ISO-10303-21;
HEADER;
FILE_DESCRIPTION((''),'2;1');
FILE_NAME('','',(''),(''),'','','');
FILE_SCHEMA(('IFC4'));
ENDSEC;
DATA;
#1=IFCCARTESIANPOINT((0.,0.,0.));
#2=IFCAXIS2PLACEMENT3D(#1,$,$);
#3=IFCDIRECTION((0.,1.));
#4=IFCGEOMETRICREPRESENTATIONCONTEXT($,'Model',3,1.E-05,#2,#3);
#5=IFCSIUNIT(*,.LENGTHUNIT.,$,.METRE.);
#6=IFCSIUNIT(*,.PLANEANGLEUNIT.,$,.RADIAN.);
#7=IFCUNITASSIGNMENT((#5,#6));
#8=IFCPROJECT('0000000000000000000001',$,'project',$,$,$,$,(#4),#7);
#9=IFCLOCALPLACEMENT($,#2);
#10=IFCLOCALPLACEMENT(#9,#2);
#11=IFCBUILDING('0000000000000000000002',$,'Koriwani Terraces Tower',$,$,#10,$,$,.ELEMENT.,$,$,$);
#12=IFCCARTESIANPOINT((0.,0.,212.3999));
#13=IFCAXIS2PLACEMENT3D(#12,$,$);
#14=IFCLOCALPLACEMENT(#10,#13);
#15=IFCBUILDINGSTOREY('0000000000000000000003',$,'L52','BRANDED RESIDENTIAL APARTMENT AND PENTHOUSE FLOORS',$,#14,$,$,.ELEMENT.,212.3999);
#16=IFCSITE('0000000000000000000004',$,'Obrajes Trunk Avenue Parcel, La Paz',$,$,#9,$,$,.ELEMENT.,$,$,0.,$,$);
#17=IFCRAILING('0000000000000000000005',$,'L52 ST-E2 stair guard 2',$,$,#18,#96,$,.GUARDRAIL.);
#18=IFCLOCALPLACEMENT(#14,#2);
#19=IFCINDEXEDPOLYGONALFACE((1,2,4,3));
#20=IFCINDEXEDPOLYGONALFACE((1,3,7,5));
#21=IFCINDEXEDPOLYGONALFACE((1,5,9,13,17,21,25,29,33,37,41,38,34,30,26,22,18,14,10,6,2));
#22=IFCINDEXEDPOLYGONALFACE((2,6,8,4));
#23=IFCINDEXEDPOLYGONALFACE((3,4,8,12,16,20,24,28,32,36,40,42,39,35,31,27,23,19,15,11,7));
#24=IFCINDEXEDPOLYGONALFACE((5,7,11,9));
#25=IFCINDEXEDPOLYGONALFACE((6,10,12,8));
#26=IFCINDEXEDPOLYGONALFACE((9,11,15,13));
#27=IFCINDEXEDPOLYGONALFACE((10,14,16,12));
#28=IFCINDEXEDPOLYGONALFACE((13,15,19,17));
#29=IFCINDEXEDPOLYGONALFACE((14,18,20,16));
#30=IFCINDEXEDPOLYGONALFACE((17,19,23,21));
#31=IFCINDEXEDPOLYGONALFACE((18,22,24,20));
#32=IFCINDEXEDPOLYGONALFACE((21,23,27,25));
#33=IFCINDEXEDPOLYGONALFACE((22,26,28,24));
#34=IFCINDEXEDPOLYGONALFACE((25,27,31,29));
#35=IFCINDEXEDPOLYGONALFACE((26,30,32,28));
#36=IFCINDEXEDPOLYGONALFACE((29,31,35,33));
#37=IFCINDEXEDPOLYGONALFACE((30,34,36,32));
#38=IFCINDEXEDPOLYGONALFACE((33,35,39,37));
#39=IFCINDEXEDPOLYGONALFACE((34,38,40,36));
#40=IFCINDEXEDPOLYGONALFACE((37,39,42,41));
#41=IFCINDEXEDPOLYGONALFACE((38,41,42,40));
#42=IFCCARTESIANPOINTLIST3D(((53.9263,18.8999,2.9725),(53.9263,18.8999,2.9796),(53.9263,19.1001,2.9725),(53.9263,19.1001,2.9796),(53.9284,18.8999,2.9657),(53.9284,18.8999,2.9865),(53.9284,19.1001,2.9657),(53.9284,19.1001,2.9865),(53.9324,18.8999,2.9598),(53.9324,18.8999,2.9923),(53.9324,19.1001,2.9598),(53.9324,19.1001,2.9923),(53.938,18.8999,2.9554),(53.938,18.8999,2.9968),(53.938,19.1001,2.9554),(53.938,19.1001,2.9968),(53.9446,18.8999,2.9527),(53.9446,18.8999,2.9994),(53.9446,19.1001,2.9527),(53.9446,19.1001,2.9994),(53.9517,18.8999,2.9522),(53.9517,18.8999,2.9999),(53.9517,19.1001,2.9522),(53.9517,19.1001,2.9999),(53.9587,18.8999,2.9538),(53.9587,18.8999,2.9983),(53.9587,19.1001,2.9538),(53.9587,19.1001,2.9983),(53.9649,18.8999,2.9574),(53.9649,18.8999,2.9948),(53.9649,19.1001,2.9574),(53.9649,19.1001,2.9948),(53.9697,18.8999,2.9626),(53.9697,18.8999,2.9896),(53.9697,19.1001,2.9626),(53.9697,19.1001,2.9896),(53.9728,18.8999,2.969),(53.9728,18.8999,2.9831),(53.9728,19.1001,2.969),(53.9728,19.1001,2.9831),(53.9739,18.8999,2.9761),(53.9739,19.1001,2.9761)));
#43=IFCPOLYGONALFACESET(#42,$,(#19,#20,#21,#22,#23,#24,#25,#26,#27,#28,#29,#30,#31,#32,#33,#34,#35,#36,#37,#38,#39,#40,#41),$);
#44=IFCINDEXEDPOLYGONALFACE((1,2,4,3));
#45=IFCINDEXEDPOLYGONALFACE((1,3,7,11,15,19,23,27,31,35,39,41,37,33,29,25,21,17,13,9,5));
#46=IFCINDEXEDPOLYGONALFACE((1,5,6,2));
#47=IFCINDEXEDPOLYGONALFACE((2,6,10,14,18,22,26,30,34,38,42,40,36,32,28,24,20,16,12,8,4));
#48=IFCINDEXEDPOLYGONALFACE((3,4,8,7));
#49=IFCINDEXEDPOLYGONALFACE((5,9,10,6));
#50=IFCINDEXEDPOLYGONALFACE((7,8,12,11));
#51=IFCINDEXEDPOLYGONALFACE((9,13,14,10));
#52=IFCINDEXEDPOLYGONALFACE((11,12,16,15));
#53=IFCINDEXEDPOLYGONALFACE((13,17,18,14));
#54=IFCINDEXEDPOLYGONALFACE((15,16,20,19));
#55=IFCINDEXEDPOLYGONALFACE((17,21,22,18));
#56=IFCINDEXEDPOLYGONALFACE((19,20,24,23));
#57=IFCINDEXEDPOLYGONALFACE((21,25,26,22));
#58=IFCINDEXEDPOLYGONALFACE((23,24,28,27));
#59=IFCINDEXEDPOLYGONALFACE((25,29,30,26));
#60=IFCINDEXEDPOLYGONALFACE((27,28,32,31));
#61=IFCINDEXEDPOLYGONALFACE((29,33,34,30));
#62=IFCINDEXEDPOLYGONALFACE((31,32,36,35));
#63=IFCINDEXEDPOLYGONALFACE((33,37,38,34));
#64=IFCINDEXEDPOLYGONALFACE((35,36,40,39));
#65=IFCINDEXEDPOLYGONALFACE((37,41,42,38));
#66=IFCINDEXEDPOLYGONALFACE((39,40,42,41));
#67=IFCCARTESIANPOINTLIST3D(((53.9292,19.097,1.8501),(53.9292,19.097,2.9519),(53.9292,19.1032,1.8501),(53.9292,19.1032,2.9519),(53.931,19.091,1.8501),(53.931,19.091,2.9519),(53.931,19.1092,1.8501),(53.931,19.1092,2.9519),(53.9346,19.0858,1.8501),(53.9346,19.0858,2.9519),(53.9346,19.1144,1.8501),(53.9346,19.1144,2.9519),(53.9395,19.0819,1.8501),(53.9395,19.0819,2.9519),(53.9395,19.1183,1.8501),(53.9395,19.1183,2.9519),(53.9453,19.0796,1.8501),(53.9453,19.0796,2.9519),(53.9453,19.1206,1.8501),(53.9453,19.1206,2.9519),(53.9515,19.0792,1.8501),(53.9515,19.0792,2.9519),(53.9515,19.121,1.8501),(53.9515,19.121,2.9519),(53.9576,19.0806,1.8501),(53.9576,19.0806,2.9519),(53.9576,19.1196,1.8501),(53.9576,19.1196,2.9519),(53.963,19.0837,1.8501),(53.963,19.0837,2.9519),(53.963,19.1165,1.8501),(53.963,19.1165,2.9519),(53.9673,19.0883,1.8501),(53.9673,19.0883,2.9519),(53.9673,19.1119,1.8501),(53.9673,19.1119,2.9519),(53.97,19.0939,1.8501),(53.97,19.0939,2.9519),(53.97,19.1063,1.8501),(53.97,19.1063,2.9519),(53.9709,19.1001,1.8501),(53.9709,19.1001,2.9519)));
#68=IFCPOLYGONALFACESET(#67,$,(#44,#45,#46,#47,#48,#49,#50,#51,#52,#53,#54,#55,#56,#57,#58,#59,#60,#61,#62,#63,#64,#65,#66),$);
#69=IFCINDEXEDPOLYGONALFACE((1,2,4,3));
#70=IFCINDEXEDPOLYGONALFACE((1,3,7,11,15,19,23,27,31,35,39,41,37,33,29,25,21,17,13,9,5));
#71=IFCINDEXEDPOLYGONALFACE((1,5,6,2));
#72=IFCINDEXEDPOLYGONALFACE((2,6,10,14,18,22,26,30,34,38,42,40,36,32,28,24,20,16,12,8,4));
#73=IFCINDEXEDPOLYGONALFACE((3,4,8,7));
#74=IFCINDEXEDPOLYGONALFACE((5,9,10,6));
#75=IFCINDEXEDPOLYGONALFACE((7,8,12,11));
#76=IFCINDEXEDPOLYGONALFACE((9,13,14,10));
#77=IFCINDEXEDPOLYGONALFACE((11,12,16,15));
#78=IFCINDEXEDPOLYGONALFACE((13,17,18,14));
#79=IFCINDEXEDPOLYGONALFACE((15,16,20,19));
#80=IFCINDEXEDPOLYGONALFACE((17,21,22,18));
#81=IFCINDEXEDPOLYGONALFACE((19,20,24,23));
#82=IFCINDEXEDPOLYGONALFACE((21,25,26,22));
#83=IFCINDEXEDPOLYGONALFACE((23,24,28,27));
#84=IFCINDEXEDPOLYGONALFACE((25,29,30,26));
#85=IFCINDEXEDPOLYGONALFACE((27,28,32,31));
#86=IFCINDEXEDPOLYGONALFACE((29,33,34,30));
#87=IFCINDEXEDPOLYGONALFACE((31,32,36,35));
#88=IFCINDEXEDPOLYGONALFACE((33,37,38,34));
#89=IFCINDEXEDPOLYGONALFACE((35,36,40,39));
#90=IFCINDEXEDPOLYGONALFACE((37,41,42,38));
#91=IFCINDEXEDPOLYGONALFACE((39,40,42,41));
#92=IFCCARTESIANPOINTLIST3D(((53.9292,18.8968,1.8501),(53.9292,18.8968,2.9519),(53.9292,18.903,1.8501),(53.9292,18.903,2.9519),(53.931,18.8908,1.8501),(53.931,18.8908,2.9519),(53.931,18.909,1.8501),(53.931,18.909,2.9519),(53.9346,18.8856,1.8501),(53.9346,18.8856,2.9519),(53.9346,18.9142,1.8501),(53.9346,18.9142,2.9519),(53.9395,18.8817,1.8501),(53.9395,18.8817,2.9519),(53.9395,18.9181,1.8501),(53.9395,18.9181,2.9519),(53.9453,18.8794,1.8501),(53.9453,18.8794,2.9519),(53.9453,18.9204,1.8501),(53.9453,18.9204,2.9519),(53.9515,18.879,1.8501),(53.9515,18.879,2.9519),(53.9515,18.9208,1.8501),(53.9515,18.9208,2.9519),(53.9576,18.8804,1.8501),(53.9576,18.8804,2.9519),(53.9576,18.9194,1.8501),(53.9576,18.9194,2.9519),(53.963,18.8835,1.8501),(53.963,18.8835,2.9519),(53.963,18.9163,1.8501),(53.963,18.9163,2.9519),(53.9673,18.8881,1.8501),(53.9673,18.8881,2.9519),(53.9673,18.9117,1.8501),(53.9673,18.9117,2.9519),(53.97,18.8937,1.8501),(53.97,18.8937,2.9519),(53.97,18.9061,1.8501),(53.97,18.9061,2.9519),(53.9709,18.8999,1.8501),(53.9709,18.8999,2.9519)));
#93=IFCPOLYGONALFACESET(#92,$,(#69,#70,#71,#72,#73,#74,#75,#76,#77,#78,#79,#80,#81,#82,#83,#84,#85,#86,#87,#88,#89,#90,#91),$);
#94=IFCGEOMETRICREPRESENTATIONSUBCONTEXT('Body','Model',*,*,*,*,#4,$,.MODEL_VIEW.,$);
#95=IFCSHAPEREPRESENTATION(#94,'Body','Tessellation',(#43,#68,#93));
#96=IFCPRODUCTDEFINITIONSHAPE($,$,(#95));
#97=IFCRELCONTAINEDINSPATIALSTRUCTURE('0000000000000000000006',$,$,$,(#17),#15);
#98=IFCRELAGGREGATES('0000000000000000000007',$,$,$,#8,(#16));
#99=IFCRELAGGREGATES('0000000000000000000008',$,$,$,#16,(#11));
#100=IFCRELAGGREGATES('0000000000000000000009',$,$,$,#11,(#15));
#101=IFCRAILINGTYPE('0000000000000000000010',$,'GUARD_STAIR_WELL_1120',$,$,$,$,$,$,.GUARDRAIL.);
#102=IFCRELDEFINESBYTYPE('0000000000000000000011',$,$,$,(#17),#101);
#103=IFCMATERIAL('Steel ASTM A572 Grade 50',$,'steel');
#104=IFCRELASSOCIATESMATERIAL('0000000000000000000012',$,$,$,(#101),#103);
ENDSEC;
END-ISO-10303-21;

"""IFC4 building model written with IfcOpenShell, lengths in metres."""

from ifc_helpers import new_model, si_unit, direction, frame, origin, origin_2d, place, context, subcontext, project, spatial, circle, extrude, material, type_object, element, save


model = new_model("IFC4")

# Units and contexts
model_context = context("Model", 3, precision=1e-05, world=origin(), true_north=direction((0.0, 1.0)))
body_context = subcontext(model_context, "Body", "Model", "MODEL_VIEW")
ifc_project = project(units=[si_unit("LENGTHUNIT", "METRE"), si_unit("PLANEANGLEUNIT", "RADIAN")], contexts=[model_context])

# Site, building, storey
site_placement = place(None, origin())
site = spatial("IfcSite", under=ifc_project, at=site_placement, Name="Obrajes Trunk Avenue Parcel, La Paz", CompositionType="ELEMENT", RefElevation=0.0)
building_placement = place(site_placement, origin())
building = spatial("IfcBuilding", under=site, at=building_placement, Name="Koriwani Terraces Tower", CompositionType="ELEMENT")
storey_placement = place(building_placement, frame((0.0, 0.0, 212.3999)))
storey = spatial("IfcBuildingStorey", under=building, at=storey_placement, Name="L52", Description="BRANDED RESIDENTIAL APARTMENT AND PENTHOUSE FLOORS", CompositionType="ELEMENT", Elevation=212.3999)

# Shared definitions
ifc_material_1 = material(Name="Steel ASTM A572 Grade 50", Category="steel")

# Railing
railing_type_1 = type_object("IfcRailingType", Name="GUARD_STAIR_WELL_1120", PredefinedType="GUARDRAIL", material=ifc_material_1)
railing_1_placement = place(storey_placement, frame((53.95, 19.1001, 1.8501)))
element("IfcRailing", 1, at=railing_1_placement, inside=storey, type_object=railing_type_1, Name="L52 ST-E2 stair guard 2", PredefinedType="GUARDRAIL", context=body_context, shape_type="SweptSolid", body=[
    extrude(circle(Radius=0.0239, at=origin_2d()), frame((0.0, 0.0, 1.126), z_axis=(0.0, -1.0, 0.0), x_axis=(1.0, 0.0, 0.0)), (0.0, 0.0, 1.0), 0.2002),
    extrude(circle(Radius=0.021, at=origin_2d()), origin(), (0.0, 0.0, 1.0), 1.1018),
    extrude(circle(Radius=0.021, at=origin_2d()), frame((0.0, -0.2002, 0.0)), (0.0, 0.0, 1.0), 1.1018),
])

save(model, "model.ifc")
